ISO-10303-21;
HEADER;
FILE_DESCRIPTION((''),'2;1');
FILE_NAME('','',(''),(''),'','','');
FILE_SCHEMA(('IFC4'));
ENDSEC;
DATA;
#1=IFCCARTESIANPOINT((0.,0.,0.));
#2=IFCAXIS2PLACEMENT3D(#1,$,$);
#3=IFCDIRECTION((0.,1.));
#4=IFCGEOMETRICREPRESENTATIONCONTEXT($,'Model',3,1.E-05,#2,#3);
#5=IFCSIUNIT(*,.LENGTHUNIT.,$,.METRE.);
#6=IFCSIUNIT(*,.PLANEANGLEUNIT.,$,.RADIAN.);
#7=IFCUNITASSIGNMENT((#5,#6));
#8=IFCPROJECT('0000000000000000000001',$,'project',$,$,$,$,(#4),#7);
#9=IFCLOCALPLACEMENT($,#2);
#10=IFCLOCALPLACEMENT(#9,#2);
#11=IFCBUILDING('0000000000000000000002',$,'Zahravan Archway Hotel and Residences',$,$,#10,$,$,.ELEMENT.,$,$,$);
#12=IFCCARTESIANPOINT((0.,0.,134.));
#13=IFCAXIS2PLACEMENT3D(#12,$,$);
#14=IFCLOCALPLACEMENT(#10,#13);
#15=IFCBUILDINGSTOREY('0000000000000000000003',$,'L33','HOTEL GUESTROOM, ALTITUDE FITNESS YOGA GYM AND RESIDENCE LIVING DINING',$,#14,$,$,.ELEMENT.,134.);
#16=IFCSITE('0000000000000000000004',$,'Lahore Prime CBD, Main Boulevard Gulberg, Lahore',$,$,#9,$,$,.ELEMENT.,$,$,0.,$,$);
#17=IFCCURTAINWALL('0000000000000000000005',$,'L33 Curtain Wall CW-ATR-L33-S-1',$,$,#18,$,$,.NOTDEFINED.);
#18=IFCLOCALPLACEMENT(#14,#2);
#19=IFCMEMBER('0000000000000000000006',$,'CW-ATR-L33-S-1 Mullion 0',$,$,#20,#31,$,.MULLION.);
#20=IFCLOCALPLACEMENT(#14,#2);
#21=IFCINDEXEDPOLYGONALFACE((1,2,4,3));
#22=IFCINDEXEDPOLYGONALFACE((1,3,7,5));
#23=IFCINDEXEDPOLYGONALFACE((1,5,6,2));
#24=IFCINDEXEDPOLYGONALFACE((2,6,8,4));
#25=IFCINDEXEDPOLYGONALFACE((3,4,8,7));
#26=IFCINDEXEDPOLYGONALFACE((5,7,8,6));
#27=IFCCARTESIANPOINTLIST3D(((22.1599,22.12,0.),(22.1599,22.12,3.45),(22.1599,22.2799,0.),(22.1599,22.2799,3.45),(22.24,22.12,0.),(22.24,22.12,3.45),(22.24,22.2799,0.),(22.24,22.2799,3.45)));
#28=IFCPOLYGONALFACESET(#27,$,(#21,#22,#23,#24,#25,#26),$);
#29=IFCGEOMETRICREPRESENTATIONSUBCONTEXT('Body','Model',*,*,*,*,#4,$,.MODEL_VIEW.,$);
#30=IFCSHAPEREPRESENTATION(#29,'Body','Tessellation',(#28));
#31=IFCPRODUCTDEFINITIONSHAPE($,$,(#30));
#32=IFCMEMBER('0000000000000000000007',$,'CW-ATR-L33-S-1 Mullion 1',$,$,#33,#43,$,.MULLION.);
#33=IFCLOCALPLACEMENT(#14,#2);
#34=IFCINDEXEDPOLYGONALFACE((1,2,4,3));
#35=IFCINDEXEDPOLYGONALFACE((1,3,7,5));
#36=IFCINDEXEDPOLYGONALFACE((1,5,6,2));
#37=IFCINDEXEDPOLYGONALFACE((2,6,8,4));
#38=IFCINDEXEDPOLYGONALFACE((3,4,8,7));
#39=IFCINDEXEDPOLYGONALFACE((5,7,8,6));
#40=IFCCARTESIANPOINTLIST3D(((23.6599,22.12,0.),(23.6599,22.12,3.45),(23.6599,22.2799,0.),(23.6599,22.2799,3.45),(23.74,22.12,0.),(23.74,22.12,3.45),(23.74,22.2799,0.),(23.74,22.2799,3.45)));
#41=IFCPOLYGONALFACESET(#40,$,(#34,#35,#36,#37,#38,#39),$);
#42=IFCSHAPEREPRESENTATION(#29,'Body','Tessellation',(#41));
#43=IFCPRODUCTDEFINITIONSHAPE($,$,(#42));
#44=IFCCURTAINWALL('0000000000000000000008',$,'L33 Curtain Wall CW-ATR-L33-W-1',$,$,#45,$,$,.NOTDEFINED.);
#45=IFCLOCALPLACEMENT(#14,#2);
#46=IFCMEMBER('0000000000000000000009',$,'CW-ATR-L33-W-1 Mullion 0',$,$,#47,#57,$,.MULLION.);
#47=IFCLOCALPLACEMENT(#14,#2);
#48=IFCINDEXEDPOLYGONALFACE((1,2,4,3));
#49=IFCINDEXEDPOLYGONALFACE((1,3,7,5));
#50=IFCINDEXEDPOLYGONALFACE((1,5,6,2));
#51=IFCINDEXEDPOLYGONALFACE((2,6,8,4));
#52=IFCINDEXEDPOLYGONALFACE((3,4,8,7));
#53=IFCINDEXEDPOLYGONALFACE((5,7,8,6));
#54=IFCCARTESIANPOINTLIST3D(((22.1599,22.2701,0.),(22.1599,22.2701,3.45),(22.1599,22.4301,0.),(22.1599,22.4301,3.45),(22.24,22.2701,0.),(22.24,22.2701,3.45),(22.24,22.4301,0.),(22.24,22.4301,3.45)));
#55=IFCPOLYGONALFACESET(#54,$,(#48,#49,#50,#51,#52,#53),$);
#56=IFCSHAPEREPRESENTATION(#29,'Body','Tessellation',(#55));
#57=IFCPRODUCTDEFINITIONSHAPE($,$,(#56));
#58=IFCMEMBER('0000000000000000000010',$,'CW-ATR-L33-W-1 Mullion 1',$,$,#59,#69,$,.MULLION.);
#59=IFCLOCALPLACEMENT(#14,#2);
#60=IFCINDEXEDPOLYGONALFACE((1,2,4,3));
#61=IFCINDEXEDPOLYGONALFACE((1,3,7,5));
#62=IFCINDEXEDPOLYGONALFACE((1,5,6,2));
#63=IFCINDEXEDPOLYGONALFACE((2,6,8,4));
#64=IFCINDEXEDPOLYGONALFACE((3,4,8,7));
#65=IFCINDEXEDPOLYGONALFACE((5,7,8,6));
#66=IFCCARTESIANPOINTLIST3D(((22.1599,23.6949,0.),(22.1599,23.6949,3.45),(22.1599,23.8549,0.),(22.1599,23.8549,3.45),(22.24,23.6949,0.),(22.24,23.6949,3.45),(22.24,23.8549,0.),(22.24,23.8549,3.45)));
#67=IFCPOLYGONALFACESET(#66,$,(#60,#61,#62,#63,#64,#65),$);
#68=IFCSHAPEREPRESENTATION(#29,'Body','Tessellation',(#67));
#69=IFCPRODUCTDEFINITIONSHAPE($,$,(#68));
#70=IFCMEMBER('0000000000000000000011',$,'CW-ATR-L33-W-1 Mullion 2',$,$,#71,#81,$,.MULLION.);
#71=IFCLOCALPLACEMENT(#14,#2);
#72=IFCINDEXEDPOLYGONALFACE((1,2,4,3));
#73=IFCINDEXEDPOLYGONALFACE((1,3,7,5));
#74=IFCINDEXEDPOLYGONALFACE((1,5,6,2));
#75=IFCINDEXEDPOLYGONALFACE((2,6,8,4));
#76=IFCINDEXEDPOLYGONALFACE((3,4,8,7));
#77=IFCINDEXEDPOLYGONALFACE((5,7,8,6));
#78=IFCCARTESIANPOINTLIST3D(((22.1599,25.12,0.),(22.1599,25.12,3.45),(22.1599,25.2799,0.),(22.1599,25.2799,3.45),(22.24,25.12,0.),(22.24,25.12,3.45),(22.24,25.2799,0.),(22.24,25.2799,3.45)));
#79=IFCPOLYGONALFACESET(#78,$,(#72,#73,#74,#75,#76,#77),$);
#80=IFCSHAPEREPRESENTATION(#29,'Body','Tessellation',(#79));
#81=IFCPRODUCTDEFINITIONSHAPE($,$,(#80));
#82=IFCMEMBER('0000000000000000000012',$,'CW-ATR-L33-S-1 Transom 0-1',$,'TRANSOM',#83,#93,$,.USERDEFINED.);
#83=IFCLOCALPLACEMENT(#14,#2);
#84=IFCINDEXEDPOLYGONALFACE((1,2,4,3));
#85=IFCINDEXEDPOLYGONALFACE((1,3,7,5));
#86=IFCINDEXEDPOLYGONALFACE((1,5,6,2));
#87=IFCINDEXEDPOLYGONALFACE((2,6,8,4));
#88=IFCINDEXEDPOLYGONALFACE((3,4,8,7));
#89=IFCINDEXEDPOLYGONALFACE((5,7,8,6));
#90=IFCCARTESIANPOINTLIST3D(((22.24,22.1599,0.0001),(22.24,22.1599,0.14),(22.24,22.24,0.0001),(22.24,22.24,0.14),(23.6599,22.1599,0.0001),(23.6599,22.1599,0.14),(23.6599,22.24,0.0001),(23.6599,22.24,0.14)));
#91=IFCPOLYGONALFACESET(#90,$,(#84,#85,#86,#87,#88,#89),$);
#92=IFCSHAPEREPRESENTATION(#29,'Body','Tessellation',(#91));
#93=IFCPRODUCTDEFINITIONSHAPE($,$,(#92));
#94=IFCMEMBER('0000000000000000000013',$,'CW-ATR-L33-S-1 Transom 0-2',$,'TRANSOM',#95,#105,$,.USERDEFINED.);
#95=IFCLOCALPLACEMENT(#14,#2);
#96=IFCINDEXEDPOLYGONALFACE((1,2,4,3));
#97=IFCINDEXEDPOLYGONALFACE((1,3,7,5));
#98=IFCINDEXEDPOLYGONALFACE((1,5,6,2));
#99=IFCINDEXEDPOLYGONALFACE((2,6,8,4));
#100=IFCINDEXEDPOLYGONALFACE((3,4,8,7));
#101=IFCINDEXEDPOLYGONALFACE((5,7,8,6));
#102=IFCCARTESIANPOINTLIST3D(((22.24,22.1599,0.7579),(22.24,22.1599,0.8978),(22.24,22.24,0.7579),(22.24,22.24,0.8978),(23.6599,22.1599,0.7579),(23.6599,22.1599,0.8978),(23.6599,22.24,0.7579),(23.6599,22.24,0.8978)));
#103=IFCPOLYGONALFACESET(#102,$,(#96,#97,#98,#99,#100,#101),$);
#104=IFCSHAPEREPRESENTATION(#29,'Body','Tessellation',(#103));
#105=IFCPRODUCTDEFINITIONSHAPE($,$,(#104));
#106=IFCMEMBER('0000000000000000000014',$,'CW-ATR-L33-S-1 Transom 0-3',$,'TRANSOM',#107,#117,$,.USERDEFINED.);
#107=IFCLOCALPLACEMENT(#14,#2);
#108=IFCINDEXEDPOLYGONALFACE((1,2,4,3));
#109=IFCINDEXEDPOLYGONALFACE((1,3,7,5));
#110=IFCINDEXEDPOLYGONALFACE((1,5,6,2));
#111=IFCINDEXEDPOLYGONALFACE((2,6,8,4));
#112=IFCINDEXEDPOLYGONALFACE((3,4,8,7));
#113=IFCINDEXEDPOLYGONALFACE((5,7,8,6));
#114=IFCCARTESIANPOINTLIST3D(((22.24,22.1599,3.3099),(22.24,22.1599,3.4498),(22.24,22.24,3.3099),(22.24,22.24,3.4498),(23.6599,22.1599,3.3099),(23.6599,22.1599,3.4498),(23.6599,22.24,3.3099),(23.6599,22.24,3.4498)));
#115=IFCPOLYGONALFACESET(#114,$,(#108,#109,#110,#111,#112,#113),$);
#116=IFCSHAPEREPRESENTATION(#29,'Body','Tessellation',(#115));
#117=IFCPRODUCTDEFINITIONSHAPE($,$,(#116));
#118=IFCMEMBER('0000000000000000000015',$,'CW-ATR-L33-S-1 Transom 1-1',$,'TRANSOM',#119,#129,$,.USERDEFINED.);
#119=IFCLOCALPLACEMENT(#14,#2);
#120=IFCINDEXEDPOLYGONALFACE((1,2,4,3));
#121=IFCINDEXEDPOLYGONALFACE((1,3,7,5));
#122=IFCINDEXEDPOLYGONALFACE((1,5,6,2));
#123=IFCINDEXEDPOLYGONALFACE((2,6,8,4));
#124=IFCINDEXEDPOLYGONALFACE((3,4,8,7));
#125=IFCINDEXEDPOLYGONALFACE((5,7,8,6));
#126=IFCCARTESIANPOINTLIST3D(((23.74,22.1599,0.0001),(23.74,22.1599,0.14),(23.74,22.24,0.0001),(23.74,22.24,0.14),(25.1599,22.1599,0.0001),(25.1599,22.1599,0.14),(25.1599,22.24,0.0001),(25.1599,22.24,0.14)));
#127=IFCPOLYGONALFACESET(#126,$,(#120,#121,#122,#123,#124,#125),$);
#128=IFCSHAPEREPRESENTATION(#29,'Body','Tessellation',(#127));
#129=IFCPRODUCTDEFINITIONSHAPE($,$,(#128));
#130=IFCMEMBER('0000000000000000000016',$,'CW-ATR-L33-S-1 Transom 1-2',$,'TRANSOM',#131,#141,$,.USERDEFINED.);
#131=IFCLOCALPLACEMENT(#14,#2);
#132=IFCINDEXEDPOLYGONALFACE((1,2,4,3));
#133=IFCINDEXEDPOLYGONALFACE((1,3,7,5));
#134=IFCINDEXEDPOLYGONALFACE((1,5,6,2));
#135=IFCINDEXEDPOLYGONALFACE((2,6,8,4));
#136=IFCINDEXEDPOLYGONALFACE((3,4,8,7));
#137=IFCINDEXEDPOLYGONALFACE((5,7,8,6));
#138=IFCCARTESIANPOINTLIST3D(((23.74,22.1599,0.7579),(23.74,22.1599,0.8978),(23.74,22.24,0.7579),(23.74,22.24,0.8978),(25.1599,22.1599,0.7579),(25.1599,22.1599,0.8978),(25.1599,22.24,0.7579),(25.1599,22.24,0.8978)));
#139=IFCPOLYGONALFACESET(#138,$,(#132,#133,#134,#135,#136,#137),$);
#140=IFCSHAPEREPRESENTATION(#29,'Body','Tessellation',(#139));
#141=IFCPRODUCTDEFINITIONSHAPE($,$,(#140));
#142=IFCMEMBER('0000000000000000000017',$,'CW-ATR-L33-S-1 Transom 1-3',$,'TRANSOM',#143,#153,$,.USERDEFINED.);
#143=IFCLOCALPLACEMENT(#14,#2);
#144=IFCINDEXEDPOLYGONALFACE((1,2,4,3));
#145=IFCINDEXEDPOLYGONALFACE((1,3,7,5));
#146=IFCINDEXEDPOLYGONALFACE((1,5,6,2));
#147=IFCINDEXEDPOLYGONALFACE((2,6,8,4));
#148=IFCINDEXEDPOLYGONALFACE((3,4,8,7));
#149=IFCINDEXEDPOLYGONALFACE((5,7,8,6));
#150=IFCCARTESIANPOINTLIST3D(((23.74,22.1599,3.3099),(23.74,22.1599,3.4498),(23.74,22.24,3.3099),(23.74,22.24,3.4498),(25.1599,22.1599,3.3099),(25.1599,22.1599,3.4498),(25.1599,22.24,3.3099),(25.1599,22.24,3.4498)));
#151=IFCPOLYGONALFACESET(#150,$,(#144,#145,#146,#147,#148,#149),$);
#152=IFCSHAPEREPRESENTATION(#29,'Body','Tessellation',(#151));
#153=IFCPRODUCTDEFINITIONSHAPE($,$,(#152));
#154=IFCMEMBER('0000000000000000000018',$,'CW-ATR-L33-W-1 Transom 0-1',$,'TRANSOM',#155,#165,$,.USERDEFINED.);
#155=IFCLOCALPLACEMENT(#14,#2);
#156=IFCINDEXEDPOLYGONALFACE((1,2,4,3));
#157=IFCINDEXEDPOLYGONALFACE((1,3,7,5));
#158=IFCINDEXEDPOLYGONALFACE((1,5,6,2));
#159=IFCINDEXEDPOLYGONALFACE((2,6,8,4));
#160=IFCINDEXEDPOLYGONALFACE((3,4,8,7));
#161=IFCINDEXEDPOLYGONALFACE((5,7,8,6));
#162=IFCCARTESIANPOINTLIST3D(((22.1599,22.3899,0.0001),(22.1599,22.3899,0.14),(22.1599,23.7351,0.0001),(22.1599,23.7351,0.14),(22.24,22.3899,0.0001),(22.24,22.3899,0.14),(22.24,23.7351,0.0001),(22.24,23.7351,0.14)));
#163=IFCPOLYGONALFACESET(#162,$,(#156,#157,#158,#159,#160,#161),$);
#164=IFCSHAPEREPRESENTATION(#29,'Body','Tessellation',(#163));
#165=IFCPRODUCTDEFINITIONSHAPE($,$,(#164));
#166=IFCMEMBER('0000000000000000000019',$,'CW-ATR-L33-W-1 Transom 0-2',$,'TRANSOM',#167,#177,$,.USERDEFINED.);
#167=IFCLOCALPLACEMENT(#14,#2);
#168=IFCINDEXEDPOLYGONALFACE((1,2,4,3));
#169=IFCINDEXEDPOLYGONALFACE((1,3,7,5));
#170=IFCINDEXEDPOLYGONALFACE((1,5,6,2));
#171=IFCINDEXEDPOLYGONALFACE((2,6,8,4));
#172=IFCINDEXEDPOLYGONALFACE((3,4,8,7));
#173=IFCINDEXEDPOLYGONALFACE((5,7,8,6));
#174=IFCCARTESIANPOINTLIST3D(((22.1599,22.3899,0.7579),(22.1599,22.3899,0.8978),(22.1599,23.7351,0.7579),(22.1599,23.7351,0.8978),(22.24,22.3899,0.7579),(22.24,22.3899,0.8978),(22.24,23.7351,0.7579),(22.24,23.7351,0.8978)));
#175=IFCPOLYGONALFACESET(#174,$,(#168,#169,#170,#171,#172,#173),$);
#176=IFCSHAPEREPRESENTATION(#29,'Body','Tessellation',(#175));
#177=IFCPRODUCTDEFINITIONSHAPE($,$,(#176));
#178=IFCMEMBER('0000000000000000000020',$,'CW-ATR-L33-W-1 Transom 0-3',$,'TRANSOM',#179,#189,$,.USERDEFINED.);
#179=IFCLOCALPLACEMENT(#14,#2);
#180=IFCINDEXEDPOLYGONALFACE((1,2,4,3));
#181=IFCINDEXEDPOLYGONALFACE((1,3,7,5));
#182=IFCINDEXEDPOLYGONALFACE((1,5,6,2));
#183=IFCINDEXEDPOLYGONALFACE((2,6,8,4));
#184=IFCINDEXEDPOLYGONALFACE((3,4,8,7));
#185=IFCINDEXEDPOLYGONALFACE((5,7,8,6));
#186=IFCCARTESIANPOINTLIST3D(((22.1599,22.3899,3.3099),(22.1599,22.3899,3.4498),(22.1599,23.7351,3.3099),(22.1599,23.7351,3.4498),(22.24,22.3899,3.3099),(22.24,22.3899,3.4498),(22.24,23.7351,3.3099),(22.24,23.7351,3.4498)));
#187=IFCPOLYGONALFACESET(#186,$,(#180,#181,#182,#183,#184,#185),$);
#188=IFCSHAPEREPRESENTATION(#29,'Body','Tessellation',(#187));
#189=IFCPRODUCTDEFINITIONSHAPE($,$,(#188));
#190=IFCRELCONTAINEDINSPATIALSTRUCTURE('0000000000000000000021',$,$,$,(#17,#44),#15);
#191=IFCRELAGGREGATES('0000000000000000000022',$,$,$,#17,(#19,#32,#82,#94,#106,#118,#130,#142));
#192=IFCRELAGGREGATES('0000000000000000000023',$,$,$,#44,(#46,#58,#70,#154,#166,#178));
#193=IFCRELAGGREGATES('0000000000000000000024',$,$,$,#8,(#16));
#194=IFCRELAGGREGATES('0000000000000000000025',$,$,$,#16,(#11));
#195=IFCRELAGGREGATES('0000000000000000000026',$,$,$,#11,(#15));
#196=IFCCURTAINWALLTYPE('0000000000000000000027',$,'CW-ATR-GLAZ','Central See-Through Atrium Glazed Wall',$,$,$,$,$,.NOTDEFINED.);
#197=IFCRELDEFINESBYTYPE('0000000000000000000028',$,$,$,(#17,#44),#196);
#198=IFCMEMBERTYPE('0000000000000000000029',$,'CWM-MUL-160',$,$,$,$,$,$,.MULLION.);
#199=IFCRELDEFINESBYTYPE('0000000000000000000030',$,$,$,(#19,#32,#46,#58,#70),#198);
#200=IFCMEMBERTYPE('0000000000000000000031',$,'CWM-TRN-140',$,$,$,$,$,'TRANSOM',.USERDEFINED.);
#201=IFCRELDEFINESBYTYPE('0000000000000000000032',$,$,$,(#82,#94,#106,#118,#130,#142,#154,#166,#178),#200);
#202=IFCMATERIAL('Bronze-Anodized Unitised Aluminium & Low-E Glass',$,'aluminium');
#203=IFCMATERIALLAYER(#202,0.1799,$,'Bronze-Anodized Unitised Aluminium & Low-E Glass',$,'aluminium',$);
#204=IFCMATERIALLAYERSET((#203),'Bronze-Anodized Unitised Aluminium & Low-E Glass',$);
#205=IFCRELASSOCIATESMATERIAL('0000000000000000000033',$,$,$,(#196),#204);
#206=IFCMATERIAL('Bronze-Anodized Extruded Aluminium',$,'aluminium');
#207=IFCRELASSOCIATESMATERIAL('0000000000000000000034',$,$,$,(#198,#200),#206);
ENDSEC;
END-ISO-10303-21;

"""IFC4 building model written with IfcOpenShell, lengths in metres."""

from ifc_helpers import new_model, si_unit, direction, frame, origin, origin_2d, place, context, subcontext, project, spatial, rectangle, extrude, source, transform, mapped, material, layer, layer_set, material_profile, profile_set, type_object, element, aggregate, save


model = new_model("IFC4")

# Units and contexts
model_context = context("Model", 3, precision=1e-05, world=origin(), true_north=direction((0.0, 1.0)))
body_context = subcontext(model_context, "Body", "Model", "MODEL_VIEW")
ifc_project = project(units=[si_unit("LENGTHUNIT", "METRE"), si_unit("PLANEANGLEUNIT", "RADIAN")], contexts=[model_context])

# Site, building, storey
site_placement = place(None, origin())
site = spatial("IfcSite", under=ifc_project, at=site_placement, Name="Lahore Prime CBD, Main Boulevard Gulberg, Lahore", CompositionType="ELEMENT", RefElevation=0.0)
building_placement = place(site_placement, origin())
building = spatial("IfcBuilding", under=site, at=building_placement, Name="Zahravan Archway Hotel and Residences", CompositionType="ELEMENT")
storey_placement = place(building_placement, frame((0.0, 0.0, 134.0)))
storey = spatial("IfcBuildingStorey", under=building, at=storey_placement, Name="L33", Description="HOTEL GUESTROOM, ALTITUDE FITNESS YOGA GYM AND RESIDENCE LIVING DINING", CompositionType="ELEMENT", Elevation=134.0)

# Curtain walls, members
ifc_material_1 = material(Name="Bronze-Anodized Unitised Aluminium & Low-E Glass", Category="aluminium")
ifc_layer_1 = layer(ifc_material_1, 0.1799, Name="Bronze-Anodized Unitised Aluminium & Low-E Glass", Category="aluminium")
ifc_layer_set_1 = layer_set([ifc_layer_1], Name="Bronze-Anodized Unitised Aluminium & Low-E Glass")
curtain_wall_type = type_object("IfcCurtainWallType", Name="CW-ATR-GLAZ", Description="Central See-Through Atrium Glazed Wall", PredefinedType="NOTDEFINED", material=ifc_layer_set_1)
curtain_wall_1_placement = place(storey_placement, origin())
curtain_wall_1 = element("IfcCurtainWall", 1, at=curtain_wall_1_placement, inside=storey, type_object=curtain_wall_type, Name="L33 Curtain Wall CW-ATR-L33-S-1", PredefinedType="NOTDEFINED")
ifc_material_2 = material(Name="Bronze-Anodized Extruded Aluminium", Category="aluminium")
ifc_material_profile_1 = material_profile(ifc_material_2, rectangle(XDim=0.0801, YDim=0.1599, at=origin_2d()), Name="MUL 80x160", Category="aluminium")
ifc_profile_set_1 = profile_set([ifc_material_profile_1], Name="Bronze-Anodized Extruded Aluminium")
member_type_1 = type_object("IfcMemberType", Name="CWM-MUL-160", PredefinedType="MULLION", material=ifc_profile_set_1)
shared_shape_1 = source(origin(), body_context, "Body", "SweptSolid", [
    extrude(rectangle(XDim=0.0801, YDim=0.1599, at=origin_2d()), origin(), (0.0, 0.0, 1.0), 3.45),
])
member_1_placement = place(storey_placement, frame((22.2, 22.2, 0.0), z_axis=(0.0, 0.0, 1.0), x_axis=(1.0, 0.0, 0.0)))
member_1 = element("IfcMember", 2, at=member_1_placement, type_object=member_type_1, Name="CW-ATR-L33-S-1 Mullion 0", PredefinedType="MULLION", context=body_context, shape_type="MappedRepresentation", body=[
    mapped(shared_shape_1, transform((0.0, 0.0, 0.0), scale=1.0)),
])
member_2_placement = place(storey_placement, frame((23.7, 22.2, 0.0), z_axis=(0.0, 0.0, 1.0), x_axis=(1.0, 0.0, 0.0)))
member_2 = element("IfcMember", 3, at=member_2_placement, type_object=member_type_1, Name="CW-ATR-L33-S-1 Mullion 1", PredefinedType="MULLION", context=body_context, shape_type="MappedRepresentation", body=[
    mapped(shared_shape_1, transform((0.0, 0.0, 0.0), scale=1.0)),
])
curtain_wall_2_placement = place(storey_placement, origin())
curtain_wall_2 = element("IfcCurtainWall", 4, at=curtain_wall_2_placement, inside=storey, type_object=curtain_wall_type, Name="L33 Curtain Wall CW-ATR-L33-W-1", PredefinedType="NOTDEFINED")
member_3_placement = place(storey_placement, frame((22.2, 22.3501, 0.0), z_axis=(0.0, 0.0, 1.0), x_axis=(1.0, 0.0, 0.0)))
member_3 = element("IfcMember", 5, at=member_3_placement, type_object=member_type_1, Name="CW-ATR-L33-W-1 Mullion 0", PredefinedType="MULLION", context=body_context, shape_type="MappedRepresentation", body=[
    mapped(shared_shape_1, transform((0.0, 0.0, 0.0), scale=1.0)),
])
member_4_placement = place(storey_placement, frame((22.2, 23.7749, 0.0), z_axis=(0.0, 0.0, 1.0), x_axis=(1.0, 0.0, 0.0)))
member_4 = element("IfcMember", 6, at=member_4_placement, type_object=member_type_1, Name="CW-ATR-L33-W-1 Mullion 1", PredefinedType="MULLION", context=body_context, shape_type="MappedRepresentation", body=[
    mapped(shared_shape_1, transform((0.0, 0.0, 0.0), scale=1.0)),
])
member_5_placement = place(storey_placement, frame((22.2, 25.2, 0.0), z_axis=(0.0, 0.0, 1.0), x_axis=(1.0, 0.0, 0.0)))
member_5 = element("IfcMember", 7, at=member_5_placement, type_object=member_type_1, Name="CW-ATR-L33-W-1 Mullion 2", PredefinedType="MULLION", context=body_context, shape_type="MappedRepresentation", body=[
    mapped(shared_shape_1, transform((0.0, 0.0, 0.0), scale=1.0)),
])

# Members
ifc_material_profile_2 = material_profile(ifc_material_2, rectangle(XDim=0.0801, YDim=0.1399, at=origin_2d()), Name="TRN 80x140", Category="aluminium")
ifc_profile_set_2 = profile_set([ifc_material_profile_2], Name="Bronze-Anodized Extruded Aluminium")
member_type_2 = type_object("IfcMemberType", Name="CWM-TRN-140", ElementType="TRANSOM", PredefinedType="USERDEFINED", material=ifc_profile_set_2)
shared_shape_2 = source(origin(), body_context, "Body", "SweptSolid", [
    extrude(rectangle(XDim=0.0801, YDim=0.1399, at=origin_2d()), origin(), (0.0, 0.0, 1.0), 1.4199),
])
member_6_placement = place(storey_placement, frame((22.24, 22.2, 0.0701), z_axis=(1.0, 0.0, 0.0), x_axis=(0.0, 1.0, 0.0)))
member_6 = element("IfcMember", 8, at=member_6_placement, type_object=member_type_2, Name="CW-ATR-L33-S-1 Transom 0-1", ObjectType="TRANSOM", PredefinedType="USERDEFINED", context=body_context, shape_type="MappedRepresentation", body=[
    mapped(shared_shape_2, transform((0.0, 0.0, 0.0), scale=1.0)),
])
member_7_placement = place(storey_placement, frame((22.24, 22.2, 0.8279), z_axis=(1.0, 0.0, 0.0), x_axis=(0.0, 1.0, 0.0)))
member_7 = element("IfcMember", 9, at=member_7_placement, type_object=member_type_2, Name="CW-ATR-L33-S-1 Transom 0-2", ObjectType="TRANSOM", PredefinedType="USERDEFINED", context=body_context, shape_type="MappedRepresentation", body=[
    mapped(shared_shape_2, transform((0.0, 0.0, 0.0), scale=1.0)),
])
member_8_placement = place(storey_placement, frame((22.24, 22.2, 3.3799), z_axis=(1.0, 0.0, 0.0), x_axis=(0.0, 1.0, 0.0)))
member_8 = element("IfcMember", 10, at=member_8_placement, type_object=member_type_2, Name="CW-ATR-L33-S-1 Transom 0-3", ObjectType="TRANSOM", PredefinedType="USERDEFINED", context=body_context, shape_type="MappedRepresentation", body=[
    mapped(shared_shape_2, transform((0.0, 0.0, 0.0), scale=1.0)),
])
member_9_placement = place(storey_placement, frame((23.74, 22.2, 0.0701), z_axis=(1.0, 0.0, 0.0), x_axis=(0.0, 1.0, 0.0)))
member_9 = element("IfcMember", 11, at=member_9_placement, type_object=member_type_2, Name="CW-ATR-L33-S-1 Transom 1-1", ObjectType="TRANSOM", PredefinedType="USERDEFINED", context=body_context, shape_type="MappedRepresentation", body=[
    mapped(shared_shape_2, transform((0.0, 0.0, 0.0), scale=1.0)),
])
member_10_placement = place(storey_placement, frame((23.74, 22.2, 0.8279), z_axis=(1.0, 0.0, 0.0), x_axis=(0.0, 1.0, 0.0)))
member_10 = element("IfcMember", 12, at=member_10_placement, type_object=member_type_2, Name="CW-ATR-L33-S-1 Transom 1-2", ObjectType="TRANSOM", PredefinedType="USERDEFINED", context=body_context, shape_type="MappedRepresentation", body=[
    mapped(shared_shape_2, transform((0.0, 0.0, 0.0), scale=1.0)),
])
member_11_placement = place(storey_placement, frame((23.74, 22.2, 3.3799), z_axis=(1.0, 0.0, 0.0), x_axis=(0.0, 1.0, 0.0)))
member_11 = element("IfcMember", 13, at=member_11_placement, type_object=member_type_2, Name="CW-ATR-L33-S-1 Transom 1-3", ObjectType="TRANSOM", PredefinedType="USERDEFINED", context=body_context, shape_type="MappedRepresentation", body=[
    mapped(shared_shape_2, transform((0.0, 0.0, 0.0), scale=1.0)),
])
shared_shape_3 = source(origin(), body_context, "Body", "SweptSolid", [
    extrude(rectangle(XDim=0.0801, YDim=0.1399, at=origin_2d()), origin(), (0.0, 0.0, 1.0), 1.3452),
])
member_12_placement = place(storey_placement, frame((22.2, 22.3899, 0.0701), z_axis=(0.0, 1.0, 0.0), x_axis=(-1.0, 0.0, 0.0)))
member_12 = element("IfcMember", 14, at=member_12_placement, type_object=member_type_2, Name="CW-ATR-L33-W-1 Transom 0-1", ObjectType="TRANSOM", PredefinedType="USERDEFINED", context=body_context, shape_type="MappedRepresentation", body=[
    mapped(shared_shape_3, transform((0.0, 0.0, 0.0), scale=1.0)),
])
member_13_placement = place(storey_placement, frame((22.2, 22.3899, 0.8279), z_axis=(0.0, 1.0, 0.0), x_axis=(-1.0, 0.0, 0.0)))
member_13 = element("IfcMember", 15, at=member_13_placement, type_object=member_type_2, Name="CW-ATR-L33-W-1 Transom 0-2", ObjectType="TRANSOM", PredefinedType="USERDEFINED", context=body_context, shape_type="MappedRepresentation", body=[
    mapped(shared_shape_3, transform((0.0, 0.0, 0.0), scale=1.0)),
])
member_14_placement = place(storey_placement, frame((22.2, 22.3899, 3.3799), z_axis=(0.0, 1.0, 0.0), x_axis=(-1.0, 0.0, 0.0)))
member_14 = element("IfcMember", 16, at=member_14_placement, type_object=member_type_2, Name="CW-ATR-L33-W-1 Transom 0-3", ObjectType="TRANSOM", PredefinedType="USERDEFINED", context=body_context, shape_type="MappedRepresentation", body=[
    mapped(shared_shape_3, transform((0.0, 0.0, 0.0), scale=1.0)),
])

aggregate(curtain_wall_1, [member_1, member_2, member_6, member_7, member_8, member_9, member_10, member_11])
aggregate(curtain_wall_2, [member_3, member_4, member_5, member_12, member_13, member_14])

save(model, "model.ifc")
